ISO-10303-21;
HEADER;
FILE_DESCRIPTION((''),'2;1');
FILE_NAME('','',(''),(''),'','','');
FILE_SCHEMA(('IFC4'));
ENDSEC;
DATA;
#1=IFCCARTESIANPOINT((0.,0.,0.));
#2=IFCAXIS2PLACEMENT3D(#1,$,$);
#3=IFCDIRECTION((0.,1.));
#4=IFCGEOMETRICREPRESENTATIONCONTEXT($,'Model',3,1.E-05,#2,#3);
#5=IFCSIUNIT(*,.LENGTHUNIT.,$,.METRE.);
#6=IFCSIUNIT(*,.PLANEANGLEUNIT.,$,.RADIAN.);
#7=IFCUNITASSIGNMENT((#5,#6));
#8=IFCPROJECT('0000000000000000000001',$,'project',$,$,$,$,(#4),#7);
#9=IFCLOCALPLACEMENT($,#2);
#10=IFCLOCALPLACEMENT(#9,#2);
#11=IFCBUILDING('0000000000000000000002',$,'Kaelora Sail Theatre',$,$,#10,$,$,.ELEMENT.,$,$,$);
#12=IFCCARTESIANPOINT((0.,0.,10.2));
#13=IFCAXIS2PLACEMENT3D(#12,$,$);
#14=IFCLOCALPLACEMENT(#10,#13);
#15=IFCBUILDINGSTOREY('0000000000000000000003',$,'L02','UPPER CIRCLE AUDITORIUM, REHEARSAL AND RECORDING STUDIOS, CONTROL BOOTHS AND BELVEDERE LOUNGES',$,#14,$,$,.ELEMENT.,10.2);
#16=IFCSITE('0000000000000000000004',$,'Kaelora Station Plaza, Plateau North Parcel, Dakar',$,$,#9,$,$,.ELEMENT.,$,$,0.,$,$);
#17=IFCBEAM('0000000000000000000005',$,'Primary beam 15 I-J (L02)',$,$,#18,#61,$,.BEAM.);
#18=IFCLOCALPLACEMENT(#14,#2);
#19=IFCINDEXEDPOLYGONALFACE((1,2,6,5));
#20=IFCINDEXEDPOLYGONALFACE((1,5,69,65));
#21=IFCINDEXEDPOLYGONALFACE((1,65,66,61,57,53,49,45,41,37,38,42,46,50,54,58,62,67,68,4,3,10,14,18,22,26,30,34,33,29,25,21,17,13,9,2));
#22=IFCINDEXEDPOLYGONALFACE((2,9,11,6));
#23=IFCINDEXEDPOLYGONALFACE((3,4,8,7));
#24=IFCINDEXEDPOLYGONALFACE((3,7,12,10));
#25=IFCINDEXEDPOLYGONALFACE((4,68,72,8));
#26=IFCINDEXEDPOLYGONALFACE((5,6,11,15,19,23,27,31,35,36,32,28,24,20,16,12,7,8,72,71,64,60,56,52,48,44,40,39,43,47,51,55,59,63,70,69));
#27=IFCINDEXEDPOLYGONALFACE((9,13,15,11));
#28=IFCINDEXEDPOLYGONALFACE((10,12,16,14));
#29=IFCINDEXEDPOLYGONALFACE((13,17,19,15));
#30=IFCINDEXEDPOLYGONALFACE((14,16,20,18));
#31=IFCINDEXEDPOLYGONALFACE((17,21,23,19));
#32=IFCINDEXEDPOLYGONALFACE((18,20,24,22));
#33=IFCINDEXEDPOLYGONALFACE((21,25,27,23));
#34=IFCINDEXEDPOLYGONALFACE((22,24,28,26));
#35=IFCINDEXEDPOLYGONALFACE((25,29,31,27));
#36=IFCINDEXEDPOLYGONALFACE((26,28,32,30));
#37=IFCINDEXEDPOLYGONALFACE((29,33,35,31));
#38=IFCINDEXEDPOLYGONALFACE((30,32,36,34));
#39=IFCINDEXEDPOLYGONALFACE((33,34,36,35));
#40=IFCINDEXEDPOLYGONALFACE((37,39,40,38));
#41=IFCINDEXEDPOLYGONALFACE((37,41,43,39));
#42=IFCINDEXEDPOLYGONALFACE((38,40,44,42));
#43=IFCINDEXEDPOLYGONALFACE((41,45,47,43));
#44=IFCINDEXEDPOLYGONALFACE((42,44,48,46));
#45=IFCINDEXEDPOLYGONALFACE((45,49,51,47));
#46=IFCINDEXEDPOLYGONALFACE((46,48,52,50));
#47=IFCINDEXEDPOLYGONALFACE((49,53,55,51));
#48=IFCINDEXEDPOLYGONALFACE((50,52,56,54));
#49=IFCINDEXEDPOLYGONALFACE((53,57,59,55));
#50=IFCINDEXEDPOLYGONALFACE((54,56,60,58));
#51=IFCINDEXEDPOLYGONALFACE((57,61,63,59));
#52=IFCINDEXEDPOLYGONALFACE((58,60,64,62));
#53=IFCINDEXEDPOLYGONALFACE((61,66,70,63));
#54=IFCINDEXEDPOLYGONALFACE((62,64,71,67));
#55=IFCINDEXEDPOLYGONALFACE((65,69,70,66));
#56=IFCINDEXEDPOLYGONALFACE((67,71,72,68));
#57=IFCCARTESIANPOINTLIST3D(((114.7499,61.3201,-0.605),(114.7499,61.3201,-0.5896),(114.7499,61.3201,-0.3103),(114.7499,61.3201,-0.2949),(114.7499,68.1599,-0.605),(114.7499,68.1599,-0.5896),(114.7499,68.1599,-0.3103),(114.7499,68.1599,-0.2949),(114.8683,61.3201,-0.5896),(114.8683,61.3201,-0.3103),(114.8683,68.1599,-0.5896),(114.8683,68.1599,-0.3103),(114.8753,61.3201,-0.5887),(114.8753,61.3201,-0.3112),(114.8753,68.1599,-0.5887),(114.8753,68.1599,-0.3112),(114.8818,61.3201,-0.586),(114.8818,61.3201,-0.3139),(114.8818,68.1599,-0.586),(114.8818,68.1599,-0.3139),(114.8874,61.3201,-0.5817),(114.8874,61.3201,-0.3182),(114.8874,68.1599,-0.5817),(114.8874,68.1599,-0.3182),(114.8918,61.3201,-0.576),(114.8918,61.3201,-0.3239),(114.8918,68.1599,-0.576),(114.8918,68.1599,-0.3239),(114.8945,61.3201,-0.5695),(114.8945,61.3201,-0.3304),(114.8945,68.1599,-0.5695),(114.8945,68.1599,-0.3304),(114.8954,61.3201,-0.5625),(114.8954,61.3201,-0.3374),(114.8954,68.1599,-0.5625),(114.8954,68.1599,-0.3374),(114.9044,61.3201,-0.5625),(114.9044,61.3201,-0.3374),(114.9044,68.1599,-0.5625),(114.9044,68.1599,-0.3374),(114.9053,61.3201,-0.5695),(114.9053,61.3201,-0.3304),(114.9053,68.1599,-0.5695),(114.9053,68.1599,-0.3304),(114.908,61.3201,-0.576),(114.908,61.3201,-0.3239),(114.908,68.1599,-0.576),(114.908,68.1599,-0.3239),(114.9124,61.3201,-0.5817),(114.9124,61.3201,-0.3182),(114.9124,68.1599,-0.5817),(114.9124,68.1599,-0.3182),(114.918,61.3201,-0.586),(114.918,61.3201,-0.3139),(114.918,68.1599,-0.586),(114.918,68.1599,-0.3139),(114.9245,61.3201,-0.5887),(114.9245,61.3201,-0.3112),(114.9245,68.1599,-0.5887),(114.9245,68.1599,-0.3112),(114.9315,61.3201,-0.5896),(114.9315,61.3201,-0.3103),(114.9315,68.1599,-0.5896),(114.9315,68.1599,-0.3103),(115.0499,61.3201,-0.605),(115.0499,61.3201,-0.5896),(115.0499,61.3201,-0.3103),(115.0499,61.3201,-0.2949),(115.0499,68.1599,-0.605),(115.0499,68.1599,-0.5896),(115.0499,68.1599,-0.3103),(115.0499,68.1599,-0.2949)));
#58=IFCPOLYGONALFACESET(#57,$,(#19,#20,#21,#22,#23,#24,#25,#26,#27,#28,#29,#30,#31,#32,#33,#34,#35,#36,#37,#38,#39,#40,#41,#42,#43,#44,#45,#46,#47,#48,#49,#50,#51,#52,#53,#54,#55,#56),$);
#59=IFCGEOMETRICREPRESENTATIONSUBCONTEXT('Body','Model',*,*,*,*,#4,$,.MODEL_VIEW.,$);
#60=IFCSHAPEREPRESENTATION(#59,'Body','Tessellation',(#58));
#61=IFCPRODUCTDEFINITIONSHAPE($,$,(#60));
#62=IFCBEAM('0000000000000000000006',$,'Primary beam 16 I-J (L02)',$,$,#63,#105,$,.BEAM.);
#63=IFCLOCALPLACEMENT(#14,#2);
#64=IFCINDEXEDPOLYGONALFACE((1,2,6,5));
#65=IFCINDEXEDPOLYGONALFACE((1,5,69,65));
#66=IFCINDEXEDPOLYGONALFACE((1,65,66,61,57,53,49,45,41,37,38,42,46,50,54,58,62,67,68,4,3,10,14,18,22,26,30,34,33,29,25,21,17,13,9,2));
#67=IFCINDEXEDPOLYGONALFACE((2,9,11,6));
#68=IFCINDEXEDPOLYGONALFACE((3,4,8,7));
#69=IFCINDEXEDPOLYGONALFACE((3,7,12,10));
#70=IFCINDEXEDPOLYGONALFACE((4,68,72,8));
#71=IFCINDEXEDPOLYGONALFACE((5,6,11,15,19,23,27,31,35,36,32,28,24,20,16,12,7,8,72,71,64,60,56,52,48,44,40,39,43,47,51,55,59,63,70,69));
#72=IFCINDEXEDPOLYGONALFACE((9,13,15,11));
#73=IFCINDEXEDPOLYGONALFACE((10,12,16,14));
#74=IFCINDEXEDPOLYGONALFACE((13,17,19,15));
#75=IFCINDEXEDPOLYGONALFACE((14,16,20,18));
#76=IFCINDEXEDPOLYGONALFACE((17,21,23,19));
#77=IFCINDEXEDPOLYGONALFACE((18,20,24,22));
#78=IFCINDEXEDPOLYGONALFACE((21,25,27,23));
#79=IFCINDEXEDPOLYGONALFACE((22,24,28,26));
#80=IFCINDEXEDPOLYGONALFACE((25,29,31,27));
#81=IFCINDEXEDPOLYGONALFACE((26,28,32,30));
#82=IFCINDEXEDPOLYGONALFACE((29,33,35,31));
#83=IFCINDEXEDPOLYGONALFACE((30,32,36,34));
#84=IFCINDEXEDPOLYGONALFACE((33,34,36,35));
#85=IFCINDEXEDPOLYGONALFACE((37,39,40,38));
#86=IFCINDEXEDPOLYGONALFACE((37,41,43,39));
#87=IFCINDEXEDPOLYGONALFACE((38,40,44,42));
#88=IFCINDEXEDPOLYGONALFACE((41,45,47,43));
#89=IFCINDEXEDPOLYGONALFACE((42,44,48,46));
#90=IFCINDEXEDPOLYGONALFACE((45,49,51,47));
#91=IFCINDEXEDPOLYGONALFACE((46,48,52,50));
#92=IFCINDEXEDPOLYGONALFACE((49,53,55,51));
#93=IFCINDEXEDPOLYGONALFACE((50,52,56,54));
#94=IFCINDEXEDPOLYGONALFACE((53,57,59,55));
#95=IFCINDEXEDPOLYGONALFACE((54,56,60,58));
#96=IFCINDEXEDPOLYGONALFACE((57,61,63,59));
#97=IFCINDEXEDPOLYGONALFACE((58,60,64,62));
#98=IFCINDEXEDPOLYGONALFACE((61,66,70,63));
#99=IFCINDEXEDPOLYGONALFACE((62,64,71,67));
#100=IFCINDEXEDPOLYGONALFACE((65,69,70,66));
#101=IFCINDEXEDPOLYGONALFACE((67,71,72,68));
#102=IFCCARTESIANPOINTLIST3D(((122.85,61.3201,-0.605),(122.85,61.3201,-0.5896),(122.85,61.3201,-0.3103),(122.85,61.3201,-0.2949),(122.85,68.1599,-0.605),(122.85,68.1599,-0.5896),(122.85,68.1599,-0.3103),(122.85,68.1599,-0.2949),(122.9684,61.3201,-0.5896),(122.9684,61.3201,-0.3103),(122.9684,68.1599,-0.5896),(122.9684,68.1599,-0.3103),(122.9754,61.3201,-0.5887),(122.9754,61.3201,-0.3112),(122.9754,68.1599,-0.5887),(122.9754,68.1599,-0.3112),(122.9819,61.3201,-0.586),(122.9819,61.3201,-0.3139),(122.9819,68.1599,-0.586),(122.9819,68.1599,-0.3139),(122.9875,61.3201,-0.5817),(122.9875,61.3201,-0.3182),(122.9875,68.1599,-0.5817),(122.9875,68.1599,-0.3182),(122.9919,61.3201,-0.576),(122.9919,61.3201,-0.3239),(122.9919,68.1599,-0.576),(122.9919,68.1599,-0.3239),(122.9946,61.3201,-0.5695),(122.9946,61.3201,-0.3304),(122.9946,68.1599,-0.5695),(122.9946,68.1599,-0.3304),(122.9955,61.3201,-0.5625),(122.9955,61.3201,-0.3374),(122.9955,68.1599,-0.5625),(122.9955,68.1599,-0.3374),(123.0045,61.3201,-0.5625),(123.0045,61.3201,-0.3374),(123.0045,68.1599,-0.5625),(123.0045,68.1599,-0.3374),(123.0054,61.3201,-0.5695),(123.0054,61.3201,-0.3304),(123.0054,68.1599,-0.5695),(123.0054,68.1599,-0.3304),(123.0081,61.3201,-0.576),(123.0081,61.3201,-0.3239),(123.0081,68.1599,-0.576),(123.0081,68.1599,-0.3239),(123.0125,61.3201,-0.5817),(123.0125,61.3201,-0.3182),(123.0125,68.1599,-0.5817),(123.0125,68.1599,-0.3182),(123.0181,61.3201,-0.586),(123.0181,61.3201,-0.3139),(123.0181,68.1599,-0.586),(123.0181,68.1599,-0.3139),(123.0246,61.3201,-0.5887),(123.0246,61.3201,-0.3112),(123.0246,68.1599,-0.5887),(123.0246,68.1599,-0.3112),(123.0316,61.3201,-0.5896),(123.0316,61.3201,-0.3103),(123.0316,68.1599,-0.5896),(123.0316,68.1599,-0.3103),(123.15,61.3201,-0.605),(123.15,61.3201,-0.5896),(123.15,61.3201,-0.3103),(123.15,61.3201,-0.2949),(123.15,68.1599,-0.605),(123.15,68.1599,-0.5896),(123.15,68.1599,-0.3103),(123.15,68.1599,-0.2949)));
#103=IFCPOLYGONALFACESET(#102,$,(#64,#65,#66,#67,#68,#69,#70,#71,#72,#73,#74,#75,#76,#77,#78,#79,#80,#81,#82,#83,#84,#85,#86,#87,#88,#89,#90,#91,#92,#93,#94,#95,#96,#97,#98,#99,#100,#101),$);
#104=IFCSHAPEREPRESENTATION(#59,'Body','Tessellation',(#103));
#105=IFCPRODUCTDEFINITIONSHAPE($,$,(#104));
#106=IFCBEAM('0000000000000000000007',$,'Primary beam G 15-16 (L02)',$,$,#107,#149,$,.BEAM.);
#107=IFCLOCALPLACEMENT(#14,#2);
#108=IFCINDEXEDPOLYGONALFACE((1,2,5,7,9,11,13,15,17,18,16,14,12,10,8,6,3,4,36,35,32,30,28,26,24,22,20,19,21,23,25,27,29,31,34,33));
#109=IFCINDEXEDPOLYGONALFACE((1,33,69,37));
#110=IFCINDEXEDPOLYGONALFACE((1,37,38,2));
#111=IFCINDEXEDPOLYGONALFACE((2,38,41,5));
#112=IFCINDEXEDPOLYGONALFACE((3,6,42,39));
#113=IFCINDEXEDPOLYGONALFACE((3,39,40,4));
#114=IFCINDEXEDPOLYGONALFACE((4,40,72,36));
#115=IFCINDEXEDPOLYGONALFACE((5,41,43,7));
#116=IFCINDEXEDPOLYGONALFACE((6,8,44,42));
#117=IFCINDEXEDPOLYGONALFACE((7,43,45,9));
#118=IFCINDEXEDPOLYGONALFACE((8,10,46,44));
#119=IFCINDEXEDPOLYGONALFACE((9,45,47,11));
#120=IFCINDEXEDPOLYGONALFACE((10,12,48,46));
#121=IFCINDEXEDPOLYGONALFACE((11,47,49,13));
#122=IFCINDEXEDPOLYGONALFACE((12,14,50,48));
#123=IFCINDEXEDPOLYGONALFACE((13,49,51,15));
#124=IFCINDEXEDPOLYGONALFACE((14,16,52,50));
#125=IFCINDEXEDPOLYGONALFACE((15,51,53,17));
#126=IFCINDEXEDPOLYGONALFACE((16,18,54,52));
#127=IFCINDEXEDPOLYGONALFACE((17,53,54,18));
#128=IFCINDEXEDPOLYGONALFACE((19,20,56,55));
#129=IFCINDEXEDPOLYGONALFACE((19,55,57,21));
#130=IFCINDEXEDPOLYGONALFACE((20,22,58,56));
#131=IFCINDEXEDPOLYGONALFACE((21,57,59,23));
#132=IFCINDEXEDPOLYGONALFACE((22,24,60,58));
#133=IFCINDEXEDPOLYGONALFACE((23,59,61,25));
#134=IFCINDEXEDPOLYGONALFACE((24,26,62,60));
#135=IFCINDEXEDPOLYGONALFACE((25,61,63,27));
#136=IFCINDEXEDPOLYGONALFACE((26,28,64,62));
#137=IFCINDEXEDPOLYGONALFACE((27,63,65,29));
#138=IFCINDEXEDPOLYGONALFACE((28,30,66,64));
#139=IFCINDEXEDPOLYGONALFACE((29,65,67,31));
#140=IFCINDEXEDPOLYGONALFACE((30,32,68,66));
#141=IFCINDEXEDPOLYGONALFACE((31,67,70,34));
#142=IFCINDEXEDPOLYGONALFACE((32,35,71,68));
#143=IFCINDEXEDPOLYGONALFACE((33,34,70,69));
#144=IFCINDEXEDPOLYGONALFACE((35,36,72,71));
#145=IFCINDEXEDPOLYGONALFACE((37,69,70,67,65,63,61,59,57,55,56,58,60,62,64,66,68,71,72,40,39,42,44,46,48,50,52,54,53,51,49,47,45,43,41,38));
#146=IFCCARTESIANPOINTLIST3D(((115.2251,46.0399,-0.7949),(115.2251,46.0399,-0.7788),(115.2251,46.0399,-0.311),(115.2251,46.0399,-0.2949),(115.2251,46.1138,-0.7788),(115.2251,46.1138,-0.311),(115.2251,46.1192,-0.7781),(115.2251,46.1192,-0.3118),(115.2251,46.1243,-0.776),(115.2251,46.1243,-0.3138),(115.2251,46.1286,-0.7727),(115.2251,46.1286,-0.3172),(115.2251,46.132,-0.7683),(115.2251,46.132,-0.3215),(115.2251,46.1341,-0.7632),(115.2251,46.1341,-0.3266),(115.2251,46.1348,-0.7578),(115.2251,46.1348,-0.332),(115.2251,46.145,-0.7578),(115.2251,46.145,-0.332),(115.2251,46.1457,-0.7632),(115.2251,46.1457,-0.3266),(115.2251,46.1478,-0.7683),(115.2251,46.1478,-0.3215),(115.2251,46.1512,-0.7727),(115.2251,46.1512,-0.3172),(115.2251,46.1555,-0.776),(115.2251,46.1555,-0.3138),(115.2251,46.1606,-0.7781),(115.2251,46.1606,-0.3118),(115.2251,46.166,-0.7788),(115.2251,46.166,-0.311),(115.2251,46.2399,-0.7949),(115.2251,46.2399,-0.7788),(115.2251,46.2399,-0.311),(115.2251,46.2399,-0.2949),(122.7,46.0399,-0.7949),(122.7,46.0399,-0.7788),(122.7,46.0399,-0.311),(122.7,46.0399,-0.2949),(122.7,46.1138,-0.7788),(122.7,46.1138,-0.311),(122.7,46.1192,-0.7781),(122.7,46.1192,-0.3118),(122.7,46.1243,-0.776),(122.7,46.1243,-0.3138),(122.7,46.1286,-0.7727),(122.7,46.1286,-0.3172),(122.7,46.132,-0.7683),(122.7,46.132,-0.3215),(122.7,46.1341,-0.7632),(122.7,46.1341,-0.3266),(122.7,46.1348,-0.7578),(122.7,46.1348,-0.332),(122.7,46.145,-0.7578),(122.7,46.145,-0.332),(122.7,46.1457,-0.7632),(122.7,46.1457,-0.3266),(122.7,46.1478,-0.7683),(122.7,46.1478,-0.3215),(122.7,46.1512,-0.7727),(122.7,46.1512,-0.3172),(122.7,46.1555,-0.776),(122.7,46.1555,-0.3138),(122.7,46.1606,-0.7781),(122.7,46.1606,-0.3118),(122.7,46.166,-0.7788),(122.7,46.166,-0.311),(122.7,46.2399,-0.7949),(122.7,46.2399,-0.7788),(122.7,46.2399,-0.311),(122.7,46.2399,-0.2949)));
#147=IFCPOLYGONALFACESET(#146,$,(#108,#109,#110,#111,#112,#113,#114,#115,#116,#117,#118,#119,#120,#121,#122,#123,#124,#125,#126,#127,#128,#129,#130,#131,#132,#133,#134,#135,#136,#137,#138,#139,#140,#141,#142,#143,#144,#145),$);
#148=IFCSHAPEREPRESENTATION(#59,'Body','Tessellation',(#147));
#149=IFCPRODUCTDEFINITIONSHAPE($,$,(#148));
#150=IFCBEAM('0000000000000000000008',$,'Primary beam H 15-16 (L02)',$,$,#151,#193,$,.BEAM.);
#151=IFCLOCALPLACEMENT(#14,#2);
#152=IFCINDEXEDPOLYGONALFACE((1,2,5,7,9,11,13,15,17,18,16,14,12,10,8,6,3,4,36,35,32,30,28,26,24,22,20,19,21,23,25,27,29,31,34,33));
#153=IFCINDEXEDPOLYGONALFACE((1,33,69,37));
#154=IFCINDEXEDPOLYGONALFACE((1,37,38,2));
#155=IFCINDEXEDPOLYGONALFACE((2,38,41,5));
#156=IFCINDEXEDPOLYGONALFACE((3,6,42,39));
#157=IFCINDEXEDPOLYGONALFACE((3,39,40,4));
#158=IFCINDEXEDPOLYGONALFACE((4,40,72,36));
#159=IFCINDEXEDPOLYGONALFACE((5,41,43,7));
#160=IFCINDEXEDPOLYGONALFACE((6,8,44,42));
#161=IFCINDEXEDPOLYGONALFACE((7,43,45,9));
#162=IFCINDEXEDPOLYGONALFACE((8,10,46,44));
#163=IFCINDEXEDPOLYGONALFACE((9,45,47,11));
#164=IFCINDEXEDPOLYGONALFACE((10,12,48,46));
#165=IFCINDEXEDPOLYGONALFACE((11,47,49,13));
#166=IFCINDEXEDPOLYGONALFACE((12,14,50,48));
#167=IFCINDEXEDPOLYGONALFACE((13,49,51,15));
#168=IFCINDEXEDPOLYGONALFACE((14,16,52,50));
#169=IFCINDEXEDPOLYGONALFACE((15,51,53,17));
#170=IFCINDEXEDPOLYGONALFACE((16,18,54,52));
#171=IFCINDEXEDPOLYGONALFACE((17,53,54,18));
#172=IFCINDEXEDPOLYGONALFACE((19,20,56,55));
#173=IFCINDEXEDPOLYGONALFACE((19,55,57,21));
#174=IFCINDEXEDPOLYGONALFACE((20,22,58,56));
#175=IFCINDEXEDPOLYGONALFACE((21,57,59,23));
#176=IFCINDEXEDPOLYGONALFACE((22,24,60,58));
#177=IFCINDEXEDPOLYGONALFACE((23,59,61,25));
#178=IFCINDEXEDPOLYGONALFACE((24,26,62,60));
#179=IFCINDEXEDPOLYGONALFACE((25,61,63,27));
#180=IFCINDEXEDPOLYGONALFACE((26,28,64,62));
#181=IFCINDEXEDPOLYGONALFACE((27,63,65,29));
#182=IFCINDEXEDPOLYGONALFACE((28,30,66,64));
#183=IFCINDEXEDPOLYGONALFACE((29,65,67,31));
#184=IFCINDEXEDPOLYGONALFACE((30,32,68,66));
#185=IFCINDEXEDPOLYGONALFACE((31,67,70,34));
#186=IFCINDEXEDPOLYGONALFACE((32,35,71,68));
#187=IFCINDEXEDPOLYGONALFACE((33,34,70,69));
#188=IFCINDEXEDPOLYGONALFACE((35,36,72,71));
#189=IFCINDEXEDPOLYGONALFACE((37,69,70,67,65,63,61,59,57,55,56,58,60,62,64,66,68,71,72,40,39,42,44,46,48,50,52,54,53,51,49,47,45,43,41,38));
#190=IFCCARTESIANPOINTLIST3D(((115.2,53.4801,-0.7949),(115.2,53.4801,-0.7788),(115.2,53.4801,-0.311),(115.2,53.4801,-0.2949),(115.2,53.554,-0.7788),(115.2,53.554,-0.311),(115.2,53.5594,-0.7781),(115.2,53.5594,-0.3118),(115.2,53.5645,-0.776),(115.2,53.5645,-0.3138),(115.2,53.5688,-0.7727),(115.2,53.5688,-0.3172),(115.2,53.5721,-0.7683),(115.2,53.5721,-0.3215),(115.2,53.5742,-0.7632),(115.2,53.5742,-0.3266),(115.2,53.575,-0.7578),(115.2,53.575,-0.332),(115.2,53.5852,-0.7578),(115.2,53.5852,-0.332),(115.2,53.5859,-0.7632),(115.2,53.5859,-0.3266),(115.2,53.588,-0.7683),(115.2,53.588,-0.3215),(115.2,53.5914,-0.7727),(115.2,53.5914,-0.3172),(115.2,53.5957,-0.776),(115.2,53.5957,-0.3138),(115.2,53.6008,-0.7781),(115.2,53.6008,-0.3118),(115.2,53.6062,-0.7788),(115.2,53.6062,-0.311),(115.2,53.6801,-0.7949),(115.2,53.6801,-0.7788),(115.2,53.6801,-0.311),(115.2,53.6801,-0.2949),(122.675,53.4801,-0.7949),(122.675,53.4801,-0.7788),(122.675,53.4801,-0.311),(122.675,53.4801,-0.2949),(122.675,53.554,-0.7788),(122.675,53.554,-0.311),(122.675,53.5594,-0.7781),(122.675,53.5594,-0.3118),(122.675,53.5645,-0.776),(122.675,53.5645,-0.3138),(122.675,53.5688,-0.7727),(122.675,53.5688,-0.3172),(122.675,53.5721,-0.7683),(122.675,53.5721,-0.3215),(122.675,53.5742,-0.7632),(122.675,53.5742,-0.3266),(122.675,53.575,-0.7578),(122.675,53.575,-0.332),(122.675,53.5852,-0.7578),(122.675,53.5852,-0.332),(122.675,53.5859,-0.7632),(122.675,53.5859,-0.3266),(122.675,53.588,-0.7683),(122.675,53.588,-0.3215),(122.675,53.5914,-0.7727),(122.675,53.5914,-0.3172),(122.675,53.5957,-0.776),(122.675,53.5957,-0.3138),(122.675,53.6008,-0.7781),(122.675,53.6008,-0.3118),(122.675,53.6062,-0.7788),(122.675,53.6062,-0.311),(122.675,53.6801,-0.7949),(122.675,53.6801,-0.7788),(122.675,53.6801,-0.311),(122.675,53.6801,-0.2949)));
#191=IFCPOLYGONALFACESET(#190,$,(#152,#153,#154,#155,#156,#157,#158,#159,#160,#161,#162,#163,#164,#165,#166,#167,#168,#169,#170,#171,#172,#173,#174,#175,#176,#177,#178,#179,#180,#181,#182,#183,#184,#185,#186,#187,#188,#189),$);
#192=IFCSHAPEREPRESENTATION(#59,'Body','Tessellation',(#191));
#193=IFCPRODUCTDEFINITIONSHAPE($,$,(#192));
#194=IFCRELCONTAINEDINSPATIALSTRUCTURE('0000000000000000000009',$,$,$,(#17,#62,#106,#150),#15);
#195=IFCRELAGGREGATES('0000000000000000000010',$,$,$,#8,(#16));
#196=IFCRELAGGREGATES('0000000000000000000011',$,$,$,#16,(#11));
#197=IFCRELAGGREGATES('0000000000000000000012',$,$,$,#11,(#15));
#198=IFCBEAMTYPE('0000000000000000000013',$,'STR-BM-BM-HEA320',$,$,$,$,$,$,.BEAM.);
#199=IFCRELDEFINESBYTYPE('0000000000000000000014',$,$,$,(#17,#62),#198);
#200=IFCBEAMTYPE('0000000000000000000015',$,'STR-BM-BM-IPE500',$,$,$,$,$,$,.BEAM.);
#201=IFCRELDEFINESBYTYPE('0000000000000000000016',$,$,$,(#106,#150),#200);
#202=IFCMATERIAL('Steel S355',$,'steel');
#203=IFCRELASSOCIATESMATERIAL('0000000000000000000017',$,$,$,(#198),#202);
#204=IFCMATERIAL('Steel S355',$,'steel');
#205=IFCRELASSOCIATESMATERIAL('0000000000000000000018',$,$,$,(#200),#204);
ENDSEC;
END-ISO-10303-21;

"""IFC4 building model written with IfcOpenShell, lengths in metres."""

from ifc_helpers import new_model, si_unit, direction, frame, origin, origin_2d, place, context, subcontext, project, spatial, i_section, extrude, material, material_profile, profile_set, type_object, element, save


model = new_model("IFC4")

# Units and contexts
model_context = context("Model", 3, precision=1e-05, world=origin(), true_north=direction((0.0, 1.0)))
body_context = subcontext(model_context, "Body", "Model", "MODEL_VIEW")
ifc_project = project(units=[si_unit("LENGTHUNIT", "METRE"), si_unit("PLANEANGLEUNIT", "RADIAN")], contexts=[model_context])

# Site, building, storey
site_placement = place(None, origin())
site = spatial("IfcSite", under=ifc_project, at=site_placement, Name="Kaelora Station Plaza, Plateau North Parcel, Dakar", CompositionType="ELEMENT", RefElevation=0.0)
building_placement = place(site_placement, origin())
building = spatial("IfcBuilding", under=site, at=building_placement, Name="Kaelora Sail Theatre", CompositionType="ELEMENT")
storey_placement = place(building_placement, frame((0.0, 0.0, 10.2)))
storey = spatial("IfcBuildingStorey", under=building, at=storey_placement, Name="L02", Description="UPPER CIRCLE AUDITORIUM, REHEARSAL AND RECORDING STUDIOS, CONTROL BOOTHS AND BELVEDERE LOUNGES", CompositionType="ELEMENT", Elevation=10.2)

# Beams
ifc_material_1 = material(Name="Steel S355", Category="steel")
ifc_material_profile_1 = material_profile(ifc_material_1, i_section(OverallWidth=0.3, OverallDepth=0.3101, WebThickness=0.009, FlangeThickness=0.0154, FilletRadius=0.0271, at=origin_2d()), Name="HEA 320")
ifc_profile_set_1 = profile_set([ifc_material_profile_1], Name="Steel S355")
beam_type_1 = type_object("IfcBeamType", Name="STR-BM-BM-HEA320", PredefinedType="BEAM", material=ifc_profile_set_1)
for number, where, z_axis, x_axis, name in (
    (1, (114.8999, 61.3201, -0.45), (0.0, 1.0, 0.0), (-1.0, 0.0, 0.0), "Primary beam 15 I-J (L02)"),
    (2, (123.0, 61.3201, -0.45), (0.0, 1.0, 0.0), (-1.0, 0.0, 0.0), "Primary beam 16 I-J (L02)"),
):
    element("IfcBeam", number, at=place(storey_placement, frame(where, z_axis=z_axis, x_axis=x_axis)), inside=storey, type_object=beam_type_1, Name=name, PredefinedType="BEAM", context=body_context, shape_type="SweptSolid", body=[
        extrude(i_section(OverallWidth=0.3, OverallDepth=0.3101, WebThickness=0.009, FlangeThickness=0.0154, FilletRadius=0.0271, at=origin_2d()), origin(), (0.0, 0.0, 1.0), 6.8398),
    ])
ifc_material_2 = material(Name="Steel S355", Category="steel")
ifc_material_profile_2 = material_profile(ifc_material_2, i_section(OverallWidth=0.2, OverallDepth=0.5, WebThickness=0.0103, FlangeThickness=0.0161, FilletRadius=0.021, at=origin_2d()), Name="IPE 500")
ifc_profile_set_2 = profile_set([ifc_material_profile_2], Name="Steel S355")
beam_type_2 = type_object("IfcBeamType", Name="STR-BM-BM-IPE500", PredefinedType="BEAM", material=ifc_profile_set_2)
beam_1_placement = place(storey_placement, frame((115.2251, 46.1399, -0.5449), z_axis=(1.0, 0.0, 0.0), x_axis=(0.0, 1.0, 0.0)))
element("IfcBeam", 3, at=beam_1_placement, inside=storey, type_object=beam_type_2, Name="Primary beam G 15-16 (L02)", PredefinedType="BEAM", context=body_context, shape_type="SweptSolid", body=[
    extrude(i_section(OverallWidth=0.2, OverallDepth=0.5, WebThickness=0.0103, FlangeThickness=0.0161, FilletRadius=0.021, at=origin_2d()), origin(), (0.0, 0.0, 1.0), 7.4749),
])
beam_2_placement = place(storey_placement, frame((115.2, 53.5801, -0.5449), z_axis=(1.0, 0.0, 0.0), x_axis=(0.0, 1.0, 0.0)))
element("IfcBeam", 4, at=beam_2_placement, inside=storey, type_object=beam_type_2, Name="Primary beam H 15-16 (L02)", PredefinedType="BEAM", context=body_context, shape_type="SweptSolid", body=[
    extrude(i_section(OverallWidth=0.2, OverallDepth=0.5, WebThickness=0.0103, FlangeThickness=0.0161, FilletRadius=0.021, at=origin_2d()), origin(), (0.0, 0.0, 1.0), 7.4751),
])

save(model, "model.ifc")
